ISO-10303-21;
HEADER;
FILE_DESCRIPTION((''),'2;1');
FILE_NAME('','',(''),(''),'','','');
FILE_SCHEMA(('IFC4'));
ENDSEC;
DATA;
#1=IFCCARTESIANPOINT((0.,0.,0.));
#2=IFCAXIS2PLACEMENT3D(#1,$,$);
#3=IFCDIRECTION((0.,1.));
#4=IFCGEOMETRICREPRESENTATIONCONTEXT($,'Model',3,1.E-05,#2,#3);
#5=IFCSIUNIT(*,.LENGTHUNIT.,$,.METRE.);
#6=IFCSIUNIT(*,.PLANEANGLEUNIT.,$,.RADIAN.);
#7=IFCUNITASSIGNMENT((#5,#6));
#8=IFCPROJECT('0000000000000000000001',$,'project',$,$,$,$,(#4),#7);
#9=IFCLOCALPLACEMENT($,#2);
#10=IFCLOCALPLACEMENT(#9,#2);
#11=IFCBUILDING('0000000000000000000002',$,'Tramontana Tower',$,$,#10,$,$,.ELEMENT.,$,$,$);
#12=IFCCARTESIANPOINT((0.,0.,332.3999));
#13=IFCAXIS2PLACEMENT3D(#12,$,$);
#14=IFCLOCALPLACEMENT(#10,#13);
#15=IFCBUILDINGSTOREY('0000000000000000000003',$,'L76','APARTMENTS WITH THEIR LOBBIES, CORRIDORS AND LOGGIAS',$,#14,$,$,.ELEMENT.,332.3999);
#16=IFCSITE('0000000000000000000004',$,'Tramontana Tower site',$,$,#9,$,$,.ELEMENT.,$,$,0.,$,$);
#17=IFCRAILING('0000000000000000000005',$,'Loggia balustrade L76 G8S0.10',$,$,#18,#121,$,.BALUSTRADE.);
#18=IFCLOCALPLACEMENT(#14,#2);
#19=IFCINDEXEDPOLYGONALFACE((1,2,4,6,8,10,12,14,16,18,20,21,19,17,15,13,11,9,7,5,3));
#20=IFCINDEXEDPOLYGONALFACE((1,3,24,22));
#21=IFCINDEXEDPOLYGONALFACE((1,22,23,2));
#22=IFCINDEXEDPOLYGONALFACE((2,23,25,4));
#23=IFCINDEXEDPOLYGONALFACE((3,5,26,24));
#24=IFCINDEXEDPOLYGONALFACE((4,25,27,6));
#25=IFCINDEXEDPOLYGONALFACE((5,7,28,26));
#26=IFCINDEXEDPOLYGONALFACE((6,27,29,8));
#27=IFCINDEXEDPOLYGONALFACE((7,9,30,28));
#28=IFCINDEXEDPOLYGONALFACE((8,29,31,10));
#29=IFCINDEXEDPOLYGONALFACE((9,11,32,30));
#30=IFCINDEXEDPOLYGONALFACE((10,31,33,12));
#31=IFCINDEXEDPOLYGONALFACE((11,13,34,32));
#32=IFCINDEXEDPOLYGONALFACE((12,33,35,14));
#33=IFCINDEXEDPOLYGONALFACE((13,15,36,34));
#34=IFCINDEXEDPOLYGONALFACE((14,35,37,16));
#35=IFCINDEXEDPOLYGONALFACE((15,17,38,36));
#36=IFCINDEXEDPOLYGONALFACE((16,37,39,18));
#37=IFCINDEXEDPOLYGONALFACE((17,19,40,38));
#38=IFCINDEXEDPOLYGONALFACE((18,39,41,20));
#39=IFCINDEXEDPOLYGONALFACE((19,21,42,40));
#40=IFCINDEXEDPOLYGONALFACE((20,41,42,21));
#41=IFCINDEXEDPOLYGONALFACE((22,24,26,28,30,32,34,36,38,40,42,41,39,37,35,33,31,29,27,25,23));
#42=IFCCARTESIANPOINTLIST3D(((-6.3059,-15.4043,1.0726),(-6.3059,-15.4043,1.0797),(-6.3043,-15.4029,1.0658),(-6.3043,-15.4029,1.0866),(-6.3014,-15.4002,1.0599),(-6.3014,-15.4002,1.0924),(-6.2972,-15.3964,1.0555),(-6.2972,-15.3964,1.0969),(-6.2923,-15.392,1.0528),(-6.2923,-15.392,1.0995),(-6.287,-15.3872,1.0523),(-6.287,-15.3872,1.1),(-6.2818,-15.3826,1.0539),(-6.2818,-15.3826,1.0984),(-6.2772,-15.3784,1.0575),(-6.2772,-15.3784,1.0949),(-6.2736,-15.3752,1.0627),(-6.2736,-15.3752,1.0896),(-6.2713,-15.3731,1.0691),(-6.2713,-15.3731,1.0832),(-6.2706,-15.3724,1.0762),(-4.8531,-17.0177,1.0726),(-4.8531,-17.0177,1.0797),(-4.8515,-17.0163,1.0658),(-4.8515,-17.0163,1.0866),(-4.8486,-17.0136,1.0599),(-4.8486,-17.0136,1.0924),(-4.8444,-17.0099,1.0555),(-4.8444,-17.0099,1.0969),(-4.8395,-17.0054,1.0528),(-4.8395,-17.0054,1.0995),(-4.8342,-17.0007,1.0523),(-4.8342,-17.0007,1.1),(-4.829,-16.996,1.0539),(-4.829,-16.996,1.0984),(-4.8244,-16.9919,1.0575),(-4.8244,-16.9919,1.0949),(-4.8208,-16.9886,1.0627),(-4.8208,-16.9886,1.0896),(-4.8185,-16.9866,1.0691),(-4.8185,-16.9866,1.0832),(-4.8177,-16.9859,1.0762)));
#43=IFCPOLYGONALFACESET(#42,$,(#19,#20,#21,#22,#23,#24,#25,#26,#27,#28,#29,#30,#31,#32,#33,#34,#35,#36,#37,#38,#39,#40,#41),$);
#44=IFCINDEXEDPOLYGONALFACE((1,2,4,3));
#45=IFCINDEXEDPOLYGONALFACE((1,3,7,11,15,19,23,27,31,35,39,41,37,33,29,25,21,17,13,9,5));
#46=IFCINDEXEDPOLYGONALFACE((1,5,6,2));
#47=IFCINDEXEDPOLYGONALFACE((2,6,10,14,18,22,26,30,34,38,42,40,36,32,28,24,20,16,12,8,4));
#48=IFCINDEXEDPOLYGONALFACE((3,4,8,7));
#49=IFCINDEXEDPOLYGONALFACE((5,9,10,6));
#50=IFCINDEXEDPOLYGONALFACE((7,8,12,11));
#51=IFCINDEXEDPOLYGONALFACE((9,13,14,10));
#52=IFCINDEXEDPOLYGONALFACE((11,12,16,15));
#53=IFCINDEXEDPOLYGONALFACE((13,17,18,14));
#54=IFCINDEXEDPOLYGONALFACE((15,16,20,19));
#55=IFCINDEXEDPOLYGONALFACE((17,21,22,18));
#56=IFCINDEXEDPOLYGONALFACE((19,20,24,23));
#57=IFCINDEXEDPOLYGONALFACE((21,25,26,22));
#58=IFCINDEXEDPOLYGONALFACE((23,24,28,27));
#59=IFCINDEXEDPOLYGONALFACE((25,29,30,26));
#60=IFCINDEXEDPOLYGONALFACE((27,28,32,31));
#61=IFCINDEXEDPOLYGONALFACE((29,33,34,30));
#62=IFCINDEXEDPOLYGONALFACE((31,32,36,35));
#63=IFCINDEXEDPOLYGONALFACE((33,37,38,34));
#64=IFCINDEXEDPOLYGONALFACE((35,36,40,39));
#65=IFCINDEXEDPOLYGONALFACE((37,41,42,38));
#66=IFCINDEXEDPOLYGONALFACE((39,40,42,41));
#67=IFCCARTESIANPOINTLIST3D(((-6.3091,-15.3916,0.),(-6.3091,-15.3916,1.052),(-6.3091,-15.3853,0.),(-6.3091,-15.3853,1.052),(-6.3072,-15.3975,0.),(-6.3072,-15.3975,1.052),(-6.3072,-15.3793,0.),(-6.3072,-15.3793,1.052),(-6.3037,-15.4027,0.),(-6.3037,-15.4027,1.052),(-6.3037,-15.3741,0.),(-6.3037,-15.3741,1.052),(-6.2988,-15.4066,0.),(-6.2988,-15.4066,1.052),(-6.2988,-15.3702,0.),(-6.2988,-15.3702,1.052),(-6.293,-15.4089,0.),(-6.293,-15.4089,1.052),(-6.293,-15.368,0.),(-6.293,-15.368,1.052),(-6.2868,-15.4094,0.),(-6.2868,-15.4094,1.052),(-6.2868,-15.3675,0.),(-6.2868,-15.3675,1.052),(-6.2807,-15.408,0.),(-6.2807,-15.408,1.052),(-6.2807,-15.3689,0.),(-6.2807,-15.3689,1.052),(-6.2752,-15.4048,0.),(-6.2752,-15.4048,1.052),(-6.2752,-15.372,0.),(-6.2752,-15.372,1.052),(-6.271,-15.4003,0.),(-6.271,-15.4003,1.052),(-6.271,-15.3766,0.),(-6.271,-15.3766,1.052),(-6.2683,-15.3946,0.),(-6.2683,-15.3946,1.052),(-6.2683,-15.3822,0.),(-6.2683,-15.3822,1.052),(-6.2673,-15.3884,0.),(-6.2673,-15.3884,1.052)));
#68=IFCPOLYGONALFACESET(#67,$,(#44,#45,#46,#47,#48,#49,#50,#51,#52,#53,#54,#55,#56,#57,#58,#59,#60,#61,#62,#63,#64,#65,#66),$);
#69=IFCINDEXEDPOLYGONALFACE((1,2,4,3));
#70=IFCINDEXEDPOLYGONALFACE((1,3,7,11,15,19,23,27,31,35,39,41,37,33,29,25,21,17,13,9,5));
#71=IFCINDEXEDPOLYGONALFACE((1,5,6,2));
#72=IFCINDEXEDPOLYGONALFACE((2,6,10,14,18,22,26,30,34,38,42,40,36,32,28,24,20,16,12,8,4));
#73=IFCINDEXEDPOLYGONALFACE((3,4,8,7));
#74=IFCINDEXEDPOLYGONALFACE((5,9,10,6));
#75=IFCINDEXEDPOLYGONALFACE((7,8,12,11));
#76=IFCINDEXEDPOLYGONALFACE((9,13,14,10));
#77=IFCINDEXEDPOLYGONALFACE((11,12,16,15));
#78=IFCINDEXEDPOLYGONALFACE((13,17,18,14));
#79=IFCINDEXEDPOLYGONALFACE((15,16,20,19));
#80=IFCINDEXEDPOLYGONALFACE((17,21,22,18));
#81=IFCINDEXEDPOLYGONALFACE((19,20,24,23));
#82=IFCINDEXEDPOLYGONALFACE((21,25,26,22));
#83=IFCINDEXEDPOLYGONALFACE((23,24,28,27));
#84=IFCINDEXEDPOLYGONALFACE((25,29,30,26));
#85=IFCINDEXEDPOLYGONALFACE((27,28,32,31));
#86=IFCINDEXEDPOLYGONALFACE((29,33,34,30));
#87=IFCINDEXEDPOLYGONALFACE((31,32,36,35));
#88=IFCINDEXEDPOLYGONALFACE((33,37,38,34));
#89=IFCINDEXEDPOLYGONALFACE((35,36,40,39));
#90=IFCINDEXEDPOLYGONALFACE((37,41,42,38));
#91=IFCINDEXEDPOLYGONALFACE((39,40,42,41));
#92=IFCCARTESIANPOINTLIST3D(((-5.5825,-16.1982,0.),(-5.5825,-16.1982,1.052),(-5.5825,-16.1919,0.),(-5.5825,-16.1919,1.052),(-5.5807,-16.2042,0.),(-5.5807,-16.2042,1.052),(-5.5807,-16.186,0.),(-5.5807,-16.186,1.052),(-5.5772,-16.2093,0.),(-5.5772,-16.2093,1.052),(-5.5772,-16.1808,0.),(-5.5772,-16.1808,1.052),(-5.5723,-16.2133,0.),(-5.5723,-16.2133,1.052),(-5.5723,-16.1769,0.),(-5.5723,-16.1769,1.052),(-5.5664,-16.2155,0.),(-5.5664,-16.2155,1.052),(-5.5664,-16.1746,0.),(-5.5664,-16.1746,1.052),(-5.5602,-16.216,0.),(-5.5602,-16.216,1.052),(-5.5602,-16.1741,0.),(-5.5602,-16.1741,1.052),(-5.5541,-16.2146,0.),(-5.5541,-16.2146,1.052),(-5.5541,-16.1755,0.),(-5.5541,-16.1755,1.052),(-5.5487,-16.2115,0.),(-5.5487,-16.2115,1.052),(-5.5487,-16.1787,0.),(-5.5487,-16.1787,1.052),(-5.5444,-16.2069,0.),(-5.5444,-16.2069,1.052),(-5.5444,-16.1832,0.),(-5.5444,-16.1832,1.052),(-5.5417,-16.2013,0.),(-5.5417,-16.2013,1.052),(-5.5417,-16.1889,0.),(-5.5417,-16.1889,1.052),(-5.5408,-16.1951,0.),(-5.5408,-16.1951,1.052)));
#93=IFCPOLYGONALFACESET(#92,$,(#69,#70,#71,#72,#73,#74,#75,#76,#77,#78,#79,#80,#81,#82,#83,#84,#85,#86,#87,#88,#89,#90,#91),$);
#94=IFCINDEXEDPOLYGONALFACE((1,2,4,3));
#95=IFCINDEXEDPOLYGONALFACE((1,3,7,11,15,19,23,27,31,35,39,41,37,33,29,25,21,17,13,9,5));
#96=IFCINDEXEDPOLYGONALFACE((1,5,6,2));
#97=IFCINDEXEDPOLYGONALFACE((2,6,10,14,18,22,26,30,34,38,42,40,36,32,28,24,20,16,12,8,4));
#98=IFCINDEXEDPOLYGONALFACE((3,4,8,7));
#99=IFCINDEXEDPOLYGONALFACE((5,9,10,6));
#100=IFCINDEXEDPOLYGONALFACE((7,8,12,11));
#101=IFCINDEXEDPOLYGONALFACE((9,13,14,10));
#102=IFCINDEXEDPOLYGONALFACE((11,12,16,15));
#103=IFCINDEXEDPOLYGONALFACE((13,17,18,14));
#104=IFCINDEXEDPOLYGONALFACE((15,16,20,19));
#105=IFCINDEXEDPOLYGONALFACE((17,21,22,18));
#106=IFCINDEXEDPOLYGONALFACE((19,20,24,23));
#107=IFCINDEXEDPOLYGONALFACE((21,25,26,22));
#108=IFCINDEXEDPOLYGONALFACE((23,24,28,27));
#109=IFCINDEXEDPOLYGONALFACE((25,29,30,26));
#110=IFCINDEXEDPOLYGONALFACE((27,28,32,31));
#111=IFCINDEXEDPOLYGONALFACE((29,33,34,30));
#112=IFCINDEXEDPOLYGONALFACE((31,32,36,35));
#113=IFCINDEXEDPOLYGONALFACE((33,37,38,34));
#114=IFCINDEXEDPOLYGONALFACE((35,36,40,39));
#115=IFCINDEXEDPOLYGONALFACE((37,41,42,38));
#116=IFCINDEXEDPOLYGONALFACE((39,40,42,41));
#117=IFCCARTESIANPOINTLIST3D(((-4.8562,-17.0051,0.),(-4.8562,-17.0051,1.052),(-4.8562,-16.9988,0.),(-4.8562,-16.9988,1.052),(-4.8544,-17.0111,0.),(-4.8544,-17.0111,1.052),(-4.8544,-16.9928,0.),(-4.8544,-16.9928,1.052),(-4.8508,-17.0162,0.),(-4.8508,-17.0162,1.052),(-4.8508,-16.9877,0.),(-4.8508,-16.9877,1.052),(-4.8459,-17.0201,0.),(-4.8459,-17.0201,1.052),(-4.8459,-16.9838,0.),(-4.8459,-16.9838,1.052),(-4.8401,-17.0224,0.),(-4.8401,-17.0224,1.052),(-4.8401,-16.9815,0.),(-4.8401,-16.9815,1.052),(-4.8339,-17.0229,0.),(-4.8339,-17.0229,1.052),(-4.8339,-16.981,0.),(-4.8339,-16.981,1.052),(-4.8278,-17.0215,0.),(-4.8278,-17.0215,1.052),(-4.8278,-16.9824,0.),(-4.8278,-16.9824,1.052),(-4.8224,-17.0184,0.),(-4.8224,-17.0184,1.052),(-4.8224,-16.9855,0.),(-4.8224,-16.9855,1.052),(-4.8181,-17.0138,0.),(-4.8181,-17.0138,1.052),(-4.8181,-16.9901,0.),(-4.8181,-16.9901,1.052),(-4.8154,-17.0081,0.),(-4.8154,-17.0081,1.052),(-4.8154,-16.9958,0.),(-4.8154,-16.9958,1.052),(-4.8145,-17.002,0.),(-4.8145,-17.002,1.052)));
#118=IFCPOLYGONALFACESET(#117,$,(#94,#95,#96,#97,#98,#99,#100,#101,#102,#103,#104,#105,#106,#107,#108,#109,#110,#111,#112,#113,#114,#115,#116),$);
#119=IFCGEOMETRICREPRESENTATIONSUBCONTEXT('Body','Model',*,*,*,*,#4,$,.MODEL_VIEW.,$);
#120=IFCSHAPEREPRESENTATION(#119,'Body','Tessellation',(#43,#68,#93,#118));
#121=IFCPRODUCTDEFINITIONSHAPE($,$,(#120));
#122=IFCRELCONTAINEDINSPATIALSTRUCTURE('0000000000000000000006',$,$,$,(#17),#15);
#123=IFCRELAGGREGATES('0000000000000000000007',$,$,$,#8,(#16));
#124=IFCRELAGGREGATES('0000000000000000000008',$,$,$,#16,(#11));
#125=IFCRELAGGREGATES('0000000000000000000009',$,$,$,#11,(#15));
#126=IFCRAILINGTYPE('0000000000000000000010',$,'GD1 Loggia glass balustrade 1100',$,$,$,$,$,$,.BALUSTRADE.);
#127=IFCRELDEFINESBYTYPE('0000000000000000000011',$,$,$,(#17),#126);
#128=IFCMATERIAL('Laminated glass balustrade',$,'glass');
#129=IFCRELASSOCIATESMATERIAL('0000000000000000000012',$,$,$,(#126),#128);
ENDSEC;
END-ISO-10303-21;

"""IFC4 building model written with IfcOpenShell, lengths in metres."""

from ifc_helpers import new_model, si_unit, direction, frame, origin, origin_2d, place, context, subcontext, project, spatial, circle, extrude, material, type_object, element, save


model = new_model("IFC4")

# Units and contexts
model_context = context("Model", 3, precision=1e-05, world=origin(), true_north=direction((0.0, 1.0)))
body_context = subcontext(model_context, "Body", "Model", "MODEL_VIEW")
ifc_project = project(units=[si_unit("LENGTHUNIT", "METRE"), si_unit("PLANEANGLEUNIT", "RADIAN")], contexts=[model_context])

# Site, building, storey
site_placement = place(None, origin())
site = spatial("IfcSite", under=ifc_project, at=site_placement, Name="Tramontana Tower site", CompositionType="ELEMENT", RefElevation=0.0)
building_placement = place(site_placement, origin())
building = spatial("IfcBuilding", under=site, at=building_placement, Name="Tramontana Tower", CompositionType="ELEMENT")
storey_placement = place(building_placement, frame((0.0, 0.0, 332.3999)))
storey = spatial("IfcBuildingStorey", under=building, at=storey_placement, Name="L76", Description="APARTMENTS WITH THEIR LOBBIES, CORRIDORS AND LOGGIAS", CompositionType="ELEMENT", Elevation=332.3999)

# Railing
ifc_material_1 = material(Name="Laminated glass balustrade", Category="glass")
railing_type = type_object("IfcRailingType", Name="GD1 Loggia glass balustrade 1100", PredefinedType="BALUSTRADE", material=ifc_material_1)
railing_1_placement = place(storey_placement, frame((-6.2883, -15.3884, 0.0)))
element("IfcRailing", 1, at=railing_1_placement, inside=storey, type_object=railing_type, Name="Loggia balustrade L76 G8S0.10", PredefinedType="BALUSTRADE", context=body_context, shape_type="SweptSolid", body=[
    extrude(circle(Radius=0.0239, at=origin_2d()), frame((0.0, 0.0, 1.0762), z_axis=(0.669145, -0.743132, 0.0), x_axis=(0.743132, 0.669145, 0.0)), (0.0, 0.0, 1.0), 2.1711),
    extrude(circle(Radius=0.021, at=origin_2d()), origin(), (0.0, 0.0, 1.0), 1.052),
    extrude(circle(Radius=0.021, at=origin_2d()), frame((0.7266, -0.8066, 0.0)), (0.0, 0.0, 1.0), 1.052),
    extrude(circle(Radius=0.021, at=origin_2d()), frame((1.4529, -1.6135, 0.0)), (0.0, 0.0, 1.0), 1.052),
])

save(model, "model.ifc")
